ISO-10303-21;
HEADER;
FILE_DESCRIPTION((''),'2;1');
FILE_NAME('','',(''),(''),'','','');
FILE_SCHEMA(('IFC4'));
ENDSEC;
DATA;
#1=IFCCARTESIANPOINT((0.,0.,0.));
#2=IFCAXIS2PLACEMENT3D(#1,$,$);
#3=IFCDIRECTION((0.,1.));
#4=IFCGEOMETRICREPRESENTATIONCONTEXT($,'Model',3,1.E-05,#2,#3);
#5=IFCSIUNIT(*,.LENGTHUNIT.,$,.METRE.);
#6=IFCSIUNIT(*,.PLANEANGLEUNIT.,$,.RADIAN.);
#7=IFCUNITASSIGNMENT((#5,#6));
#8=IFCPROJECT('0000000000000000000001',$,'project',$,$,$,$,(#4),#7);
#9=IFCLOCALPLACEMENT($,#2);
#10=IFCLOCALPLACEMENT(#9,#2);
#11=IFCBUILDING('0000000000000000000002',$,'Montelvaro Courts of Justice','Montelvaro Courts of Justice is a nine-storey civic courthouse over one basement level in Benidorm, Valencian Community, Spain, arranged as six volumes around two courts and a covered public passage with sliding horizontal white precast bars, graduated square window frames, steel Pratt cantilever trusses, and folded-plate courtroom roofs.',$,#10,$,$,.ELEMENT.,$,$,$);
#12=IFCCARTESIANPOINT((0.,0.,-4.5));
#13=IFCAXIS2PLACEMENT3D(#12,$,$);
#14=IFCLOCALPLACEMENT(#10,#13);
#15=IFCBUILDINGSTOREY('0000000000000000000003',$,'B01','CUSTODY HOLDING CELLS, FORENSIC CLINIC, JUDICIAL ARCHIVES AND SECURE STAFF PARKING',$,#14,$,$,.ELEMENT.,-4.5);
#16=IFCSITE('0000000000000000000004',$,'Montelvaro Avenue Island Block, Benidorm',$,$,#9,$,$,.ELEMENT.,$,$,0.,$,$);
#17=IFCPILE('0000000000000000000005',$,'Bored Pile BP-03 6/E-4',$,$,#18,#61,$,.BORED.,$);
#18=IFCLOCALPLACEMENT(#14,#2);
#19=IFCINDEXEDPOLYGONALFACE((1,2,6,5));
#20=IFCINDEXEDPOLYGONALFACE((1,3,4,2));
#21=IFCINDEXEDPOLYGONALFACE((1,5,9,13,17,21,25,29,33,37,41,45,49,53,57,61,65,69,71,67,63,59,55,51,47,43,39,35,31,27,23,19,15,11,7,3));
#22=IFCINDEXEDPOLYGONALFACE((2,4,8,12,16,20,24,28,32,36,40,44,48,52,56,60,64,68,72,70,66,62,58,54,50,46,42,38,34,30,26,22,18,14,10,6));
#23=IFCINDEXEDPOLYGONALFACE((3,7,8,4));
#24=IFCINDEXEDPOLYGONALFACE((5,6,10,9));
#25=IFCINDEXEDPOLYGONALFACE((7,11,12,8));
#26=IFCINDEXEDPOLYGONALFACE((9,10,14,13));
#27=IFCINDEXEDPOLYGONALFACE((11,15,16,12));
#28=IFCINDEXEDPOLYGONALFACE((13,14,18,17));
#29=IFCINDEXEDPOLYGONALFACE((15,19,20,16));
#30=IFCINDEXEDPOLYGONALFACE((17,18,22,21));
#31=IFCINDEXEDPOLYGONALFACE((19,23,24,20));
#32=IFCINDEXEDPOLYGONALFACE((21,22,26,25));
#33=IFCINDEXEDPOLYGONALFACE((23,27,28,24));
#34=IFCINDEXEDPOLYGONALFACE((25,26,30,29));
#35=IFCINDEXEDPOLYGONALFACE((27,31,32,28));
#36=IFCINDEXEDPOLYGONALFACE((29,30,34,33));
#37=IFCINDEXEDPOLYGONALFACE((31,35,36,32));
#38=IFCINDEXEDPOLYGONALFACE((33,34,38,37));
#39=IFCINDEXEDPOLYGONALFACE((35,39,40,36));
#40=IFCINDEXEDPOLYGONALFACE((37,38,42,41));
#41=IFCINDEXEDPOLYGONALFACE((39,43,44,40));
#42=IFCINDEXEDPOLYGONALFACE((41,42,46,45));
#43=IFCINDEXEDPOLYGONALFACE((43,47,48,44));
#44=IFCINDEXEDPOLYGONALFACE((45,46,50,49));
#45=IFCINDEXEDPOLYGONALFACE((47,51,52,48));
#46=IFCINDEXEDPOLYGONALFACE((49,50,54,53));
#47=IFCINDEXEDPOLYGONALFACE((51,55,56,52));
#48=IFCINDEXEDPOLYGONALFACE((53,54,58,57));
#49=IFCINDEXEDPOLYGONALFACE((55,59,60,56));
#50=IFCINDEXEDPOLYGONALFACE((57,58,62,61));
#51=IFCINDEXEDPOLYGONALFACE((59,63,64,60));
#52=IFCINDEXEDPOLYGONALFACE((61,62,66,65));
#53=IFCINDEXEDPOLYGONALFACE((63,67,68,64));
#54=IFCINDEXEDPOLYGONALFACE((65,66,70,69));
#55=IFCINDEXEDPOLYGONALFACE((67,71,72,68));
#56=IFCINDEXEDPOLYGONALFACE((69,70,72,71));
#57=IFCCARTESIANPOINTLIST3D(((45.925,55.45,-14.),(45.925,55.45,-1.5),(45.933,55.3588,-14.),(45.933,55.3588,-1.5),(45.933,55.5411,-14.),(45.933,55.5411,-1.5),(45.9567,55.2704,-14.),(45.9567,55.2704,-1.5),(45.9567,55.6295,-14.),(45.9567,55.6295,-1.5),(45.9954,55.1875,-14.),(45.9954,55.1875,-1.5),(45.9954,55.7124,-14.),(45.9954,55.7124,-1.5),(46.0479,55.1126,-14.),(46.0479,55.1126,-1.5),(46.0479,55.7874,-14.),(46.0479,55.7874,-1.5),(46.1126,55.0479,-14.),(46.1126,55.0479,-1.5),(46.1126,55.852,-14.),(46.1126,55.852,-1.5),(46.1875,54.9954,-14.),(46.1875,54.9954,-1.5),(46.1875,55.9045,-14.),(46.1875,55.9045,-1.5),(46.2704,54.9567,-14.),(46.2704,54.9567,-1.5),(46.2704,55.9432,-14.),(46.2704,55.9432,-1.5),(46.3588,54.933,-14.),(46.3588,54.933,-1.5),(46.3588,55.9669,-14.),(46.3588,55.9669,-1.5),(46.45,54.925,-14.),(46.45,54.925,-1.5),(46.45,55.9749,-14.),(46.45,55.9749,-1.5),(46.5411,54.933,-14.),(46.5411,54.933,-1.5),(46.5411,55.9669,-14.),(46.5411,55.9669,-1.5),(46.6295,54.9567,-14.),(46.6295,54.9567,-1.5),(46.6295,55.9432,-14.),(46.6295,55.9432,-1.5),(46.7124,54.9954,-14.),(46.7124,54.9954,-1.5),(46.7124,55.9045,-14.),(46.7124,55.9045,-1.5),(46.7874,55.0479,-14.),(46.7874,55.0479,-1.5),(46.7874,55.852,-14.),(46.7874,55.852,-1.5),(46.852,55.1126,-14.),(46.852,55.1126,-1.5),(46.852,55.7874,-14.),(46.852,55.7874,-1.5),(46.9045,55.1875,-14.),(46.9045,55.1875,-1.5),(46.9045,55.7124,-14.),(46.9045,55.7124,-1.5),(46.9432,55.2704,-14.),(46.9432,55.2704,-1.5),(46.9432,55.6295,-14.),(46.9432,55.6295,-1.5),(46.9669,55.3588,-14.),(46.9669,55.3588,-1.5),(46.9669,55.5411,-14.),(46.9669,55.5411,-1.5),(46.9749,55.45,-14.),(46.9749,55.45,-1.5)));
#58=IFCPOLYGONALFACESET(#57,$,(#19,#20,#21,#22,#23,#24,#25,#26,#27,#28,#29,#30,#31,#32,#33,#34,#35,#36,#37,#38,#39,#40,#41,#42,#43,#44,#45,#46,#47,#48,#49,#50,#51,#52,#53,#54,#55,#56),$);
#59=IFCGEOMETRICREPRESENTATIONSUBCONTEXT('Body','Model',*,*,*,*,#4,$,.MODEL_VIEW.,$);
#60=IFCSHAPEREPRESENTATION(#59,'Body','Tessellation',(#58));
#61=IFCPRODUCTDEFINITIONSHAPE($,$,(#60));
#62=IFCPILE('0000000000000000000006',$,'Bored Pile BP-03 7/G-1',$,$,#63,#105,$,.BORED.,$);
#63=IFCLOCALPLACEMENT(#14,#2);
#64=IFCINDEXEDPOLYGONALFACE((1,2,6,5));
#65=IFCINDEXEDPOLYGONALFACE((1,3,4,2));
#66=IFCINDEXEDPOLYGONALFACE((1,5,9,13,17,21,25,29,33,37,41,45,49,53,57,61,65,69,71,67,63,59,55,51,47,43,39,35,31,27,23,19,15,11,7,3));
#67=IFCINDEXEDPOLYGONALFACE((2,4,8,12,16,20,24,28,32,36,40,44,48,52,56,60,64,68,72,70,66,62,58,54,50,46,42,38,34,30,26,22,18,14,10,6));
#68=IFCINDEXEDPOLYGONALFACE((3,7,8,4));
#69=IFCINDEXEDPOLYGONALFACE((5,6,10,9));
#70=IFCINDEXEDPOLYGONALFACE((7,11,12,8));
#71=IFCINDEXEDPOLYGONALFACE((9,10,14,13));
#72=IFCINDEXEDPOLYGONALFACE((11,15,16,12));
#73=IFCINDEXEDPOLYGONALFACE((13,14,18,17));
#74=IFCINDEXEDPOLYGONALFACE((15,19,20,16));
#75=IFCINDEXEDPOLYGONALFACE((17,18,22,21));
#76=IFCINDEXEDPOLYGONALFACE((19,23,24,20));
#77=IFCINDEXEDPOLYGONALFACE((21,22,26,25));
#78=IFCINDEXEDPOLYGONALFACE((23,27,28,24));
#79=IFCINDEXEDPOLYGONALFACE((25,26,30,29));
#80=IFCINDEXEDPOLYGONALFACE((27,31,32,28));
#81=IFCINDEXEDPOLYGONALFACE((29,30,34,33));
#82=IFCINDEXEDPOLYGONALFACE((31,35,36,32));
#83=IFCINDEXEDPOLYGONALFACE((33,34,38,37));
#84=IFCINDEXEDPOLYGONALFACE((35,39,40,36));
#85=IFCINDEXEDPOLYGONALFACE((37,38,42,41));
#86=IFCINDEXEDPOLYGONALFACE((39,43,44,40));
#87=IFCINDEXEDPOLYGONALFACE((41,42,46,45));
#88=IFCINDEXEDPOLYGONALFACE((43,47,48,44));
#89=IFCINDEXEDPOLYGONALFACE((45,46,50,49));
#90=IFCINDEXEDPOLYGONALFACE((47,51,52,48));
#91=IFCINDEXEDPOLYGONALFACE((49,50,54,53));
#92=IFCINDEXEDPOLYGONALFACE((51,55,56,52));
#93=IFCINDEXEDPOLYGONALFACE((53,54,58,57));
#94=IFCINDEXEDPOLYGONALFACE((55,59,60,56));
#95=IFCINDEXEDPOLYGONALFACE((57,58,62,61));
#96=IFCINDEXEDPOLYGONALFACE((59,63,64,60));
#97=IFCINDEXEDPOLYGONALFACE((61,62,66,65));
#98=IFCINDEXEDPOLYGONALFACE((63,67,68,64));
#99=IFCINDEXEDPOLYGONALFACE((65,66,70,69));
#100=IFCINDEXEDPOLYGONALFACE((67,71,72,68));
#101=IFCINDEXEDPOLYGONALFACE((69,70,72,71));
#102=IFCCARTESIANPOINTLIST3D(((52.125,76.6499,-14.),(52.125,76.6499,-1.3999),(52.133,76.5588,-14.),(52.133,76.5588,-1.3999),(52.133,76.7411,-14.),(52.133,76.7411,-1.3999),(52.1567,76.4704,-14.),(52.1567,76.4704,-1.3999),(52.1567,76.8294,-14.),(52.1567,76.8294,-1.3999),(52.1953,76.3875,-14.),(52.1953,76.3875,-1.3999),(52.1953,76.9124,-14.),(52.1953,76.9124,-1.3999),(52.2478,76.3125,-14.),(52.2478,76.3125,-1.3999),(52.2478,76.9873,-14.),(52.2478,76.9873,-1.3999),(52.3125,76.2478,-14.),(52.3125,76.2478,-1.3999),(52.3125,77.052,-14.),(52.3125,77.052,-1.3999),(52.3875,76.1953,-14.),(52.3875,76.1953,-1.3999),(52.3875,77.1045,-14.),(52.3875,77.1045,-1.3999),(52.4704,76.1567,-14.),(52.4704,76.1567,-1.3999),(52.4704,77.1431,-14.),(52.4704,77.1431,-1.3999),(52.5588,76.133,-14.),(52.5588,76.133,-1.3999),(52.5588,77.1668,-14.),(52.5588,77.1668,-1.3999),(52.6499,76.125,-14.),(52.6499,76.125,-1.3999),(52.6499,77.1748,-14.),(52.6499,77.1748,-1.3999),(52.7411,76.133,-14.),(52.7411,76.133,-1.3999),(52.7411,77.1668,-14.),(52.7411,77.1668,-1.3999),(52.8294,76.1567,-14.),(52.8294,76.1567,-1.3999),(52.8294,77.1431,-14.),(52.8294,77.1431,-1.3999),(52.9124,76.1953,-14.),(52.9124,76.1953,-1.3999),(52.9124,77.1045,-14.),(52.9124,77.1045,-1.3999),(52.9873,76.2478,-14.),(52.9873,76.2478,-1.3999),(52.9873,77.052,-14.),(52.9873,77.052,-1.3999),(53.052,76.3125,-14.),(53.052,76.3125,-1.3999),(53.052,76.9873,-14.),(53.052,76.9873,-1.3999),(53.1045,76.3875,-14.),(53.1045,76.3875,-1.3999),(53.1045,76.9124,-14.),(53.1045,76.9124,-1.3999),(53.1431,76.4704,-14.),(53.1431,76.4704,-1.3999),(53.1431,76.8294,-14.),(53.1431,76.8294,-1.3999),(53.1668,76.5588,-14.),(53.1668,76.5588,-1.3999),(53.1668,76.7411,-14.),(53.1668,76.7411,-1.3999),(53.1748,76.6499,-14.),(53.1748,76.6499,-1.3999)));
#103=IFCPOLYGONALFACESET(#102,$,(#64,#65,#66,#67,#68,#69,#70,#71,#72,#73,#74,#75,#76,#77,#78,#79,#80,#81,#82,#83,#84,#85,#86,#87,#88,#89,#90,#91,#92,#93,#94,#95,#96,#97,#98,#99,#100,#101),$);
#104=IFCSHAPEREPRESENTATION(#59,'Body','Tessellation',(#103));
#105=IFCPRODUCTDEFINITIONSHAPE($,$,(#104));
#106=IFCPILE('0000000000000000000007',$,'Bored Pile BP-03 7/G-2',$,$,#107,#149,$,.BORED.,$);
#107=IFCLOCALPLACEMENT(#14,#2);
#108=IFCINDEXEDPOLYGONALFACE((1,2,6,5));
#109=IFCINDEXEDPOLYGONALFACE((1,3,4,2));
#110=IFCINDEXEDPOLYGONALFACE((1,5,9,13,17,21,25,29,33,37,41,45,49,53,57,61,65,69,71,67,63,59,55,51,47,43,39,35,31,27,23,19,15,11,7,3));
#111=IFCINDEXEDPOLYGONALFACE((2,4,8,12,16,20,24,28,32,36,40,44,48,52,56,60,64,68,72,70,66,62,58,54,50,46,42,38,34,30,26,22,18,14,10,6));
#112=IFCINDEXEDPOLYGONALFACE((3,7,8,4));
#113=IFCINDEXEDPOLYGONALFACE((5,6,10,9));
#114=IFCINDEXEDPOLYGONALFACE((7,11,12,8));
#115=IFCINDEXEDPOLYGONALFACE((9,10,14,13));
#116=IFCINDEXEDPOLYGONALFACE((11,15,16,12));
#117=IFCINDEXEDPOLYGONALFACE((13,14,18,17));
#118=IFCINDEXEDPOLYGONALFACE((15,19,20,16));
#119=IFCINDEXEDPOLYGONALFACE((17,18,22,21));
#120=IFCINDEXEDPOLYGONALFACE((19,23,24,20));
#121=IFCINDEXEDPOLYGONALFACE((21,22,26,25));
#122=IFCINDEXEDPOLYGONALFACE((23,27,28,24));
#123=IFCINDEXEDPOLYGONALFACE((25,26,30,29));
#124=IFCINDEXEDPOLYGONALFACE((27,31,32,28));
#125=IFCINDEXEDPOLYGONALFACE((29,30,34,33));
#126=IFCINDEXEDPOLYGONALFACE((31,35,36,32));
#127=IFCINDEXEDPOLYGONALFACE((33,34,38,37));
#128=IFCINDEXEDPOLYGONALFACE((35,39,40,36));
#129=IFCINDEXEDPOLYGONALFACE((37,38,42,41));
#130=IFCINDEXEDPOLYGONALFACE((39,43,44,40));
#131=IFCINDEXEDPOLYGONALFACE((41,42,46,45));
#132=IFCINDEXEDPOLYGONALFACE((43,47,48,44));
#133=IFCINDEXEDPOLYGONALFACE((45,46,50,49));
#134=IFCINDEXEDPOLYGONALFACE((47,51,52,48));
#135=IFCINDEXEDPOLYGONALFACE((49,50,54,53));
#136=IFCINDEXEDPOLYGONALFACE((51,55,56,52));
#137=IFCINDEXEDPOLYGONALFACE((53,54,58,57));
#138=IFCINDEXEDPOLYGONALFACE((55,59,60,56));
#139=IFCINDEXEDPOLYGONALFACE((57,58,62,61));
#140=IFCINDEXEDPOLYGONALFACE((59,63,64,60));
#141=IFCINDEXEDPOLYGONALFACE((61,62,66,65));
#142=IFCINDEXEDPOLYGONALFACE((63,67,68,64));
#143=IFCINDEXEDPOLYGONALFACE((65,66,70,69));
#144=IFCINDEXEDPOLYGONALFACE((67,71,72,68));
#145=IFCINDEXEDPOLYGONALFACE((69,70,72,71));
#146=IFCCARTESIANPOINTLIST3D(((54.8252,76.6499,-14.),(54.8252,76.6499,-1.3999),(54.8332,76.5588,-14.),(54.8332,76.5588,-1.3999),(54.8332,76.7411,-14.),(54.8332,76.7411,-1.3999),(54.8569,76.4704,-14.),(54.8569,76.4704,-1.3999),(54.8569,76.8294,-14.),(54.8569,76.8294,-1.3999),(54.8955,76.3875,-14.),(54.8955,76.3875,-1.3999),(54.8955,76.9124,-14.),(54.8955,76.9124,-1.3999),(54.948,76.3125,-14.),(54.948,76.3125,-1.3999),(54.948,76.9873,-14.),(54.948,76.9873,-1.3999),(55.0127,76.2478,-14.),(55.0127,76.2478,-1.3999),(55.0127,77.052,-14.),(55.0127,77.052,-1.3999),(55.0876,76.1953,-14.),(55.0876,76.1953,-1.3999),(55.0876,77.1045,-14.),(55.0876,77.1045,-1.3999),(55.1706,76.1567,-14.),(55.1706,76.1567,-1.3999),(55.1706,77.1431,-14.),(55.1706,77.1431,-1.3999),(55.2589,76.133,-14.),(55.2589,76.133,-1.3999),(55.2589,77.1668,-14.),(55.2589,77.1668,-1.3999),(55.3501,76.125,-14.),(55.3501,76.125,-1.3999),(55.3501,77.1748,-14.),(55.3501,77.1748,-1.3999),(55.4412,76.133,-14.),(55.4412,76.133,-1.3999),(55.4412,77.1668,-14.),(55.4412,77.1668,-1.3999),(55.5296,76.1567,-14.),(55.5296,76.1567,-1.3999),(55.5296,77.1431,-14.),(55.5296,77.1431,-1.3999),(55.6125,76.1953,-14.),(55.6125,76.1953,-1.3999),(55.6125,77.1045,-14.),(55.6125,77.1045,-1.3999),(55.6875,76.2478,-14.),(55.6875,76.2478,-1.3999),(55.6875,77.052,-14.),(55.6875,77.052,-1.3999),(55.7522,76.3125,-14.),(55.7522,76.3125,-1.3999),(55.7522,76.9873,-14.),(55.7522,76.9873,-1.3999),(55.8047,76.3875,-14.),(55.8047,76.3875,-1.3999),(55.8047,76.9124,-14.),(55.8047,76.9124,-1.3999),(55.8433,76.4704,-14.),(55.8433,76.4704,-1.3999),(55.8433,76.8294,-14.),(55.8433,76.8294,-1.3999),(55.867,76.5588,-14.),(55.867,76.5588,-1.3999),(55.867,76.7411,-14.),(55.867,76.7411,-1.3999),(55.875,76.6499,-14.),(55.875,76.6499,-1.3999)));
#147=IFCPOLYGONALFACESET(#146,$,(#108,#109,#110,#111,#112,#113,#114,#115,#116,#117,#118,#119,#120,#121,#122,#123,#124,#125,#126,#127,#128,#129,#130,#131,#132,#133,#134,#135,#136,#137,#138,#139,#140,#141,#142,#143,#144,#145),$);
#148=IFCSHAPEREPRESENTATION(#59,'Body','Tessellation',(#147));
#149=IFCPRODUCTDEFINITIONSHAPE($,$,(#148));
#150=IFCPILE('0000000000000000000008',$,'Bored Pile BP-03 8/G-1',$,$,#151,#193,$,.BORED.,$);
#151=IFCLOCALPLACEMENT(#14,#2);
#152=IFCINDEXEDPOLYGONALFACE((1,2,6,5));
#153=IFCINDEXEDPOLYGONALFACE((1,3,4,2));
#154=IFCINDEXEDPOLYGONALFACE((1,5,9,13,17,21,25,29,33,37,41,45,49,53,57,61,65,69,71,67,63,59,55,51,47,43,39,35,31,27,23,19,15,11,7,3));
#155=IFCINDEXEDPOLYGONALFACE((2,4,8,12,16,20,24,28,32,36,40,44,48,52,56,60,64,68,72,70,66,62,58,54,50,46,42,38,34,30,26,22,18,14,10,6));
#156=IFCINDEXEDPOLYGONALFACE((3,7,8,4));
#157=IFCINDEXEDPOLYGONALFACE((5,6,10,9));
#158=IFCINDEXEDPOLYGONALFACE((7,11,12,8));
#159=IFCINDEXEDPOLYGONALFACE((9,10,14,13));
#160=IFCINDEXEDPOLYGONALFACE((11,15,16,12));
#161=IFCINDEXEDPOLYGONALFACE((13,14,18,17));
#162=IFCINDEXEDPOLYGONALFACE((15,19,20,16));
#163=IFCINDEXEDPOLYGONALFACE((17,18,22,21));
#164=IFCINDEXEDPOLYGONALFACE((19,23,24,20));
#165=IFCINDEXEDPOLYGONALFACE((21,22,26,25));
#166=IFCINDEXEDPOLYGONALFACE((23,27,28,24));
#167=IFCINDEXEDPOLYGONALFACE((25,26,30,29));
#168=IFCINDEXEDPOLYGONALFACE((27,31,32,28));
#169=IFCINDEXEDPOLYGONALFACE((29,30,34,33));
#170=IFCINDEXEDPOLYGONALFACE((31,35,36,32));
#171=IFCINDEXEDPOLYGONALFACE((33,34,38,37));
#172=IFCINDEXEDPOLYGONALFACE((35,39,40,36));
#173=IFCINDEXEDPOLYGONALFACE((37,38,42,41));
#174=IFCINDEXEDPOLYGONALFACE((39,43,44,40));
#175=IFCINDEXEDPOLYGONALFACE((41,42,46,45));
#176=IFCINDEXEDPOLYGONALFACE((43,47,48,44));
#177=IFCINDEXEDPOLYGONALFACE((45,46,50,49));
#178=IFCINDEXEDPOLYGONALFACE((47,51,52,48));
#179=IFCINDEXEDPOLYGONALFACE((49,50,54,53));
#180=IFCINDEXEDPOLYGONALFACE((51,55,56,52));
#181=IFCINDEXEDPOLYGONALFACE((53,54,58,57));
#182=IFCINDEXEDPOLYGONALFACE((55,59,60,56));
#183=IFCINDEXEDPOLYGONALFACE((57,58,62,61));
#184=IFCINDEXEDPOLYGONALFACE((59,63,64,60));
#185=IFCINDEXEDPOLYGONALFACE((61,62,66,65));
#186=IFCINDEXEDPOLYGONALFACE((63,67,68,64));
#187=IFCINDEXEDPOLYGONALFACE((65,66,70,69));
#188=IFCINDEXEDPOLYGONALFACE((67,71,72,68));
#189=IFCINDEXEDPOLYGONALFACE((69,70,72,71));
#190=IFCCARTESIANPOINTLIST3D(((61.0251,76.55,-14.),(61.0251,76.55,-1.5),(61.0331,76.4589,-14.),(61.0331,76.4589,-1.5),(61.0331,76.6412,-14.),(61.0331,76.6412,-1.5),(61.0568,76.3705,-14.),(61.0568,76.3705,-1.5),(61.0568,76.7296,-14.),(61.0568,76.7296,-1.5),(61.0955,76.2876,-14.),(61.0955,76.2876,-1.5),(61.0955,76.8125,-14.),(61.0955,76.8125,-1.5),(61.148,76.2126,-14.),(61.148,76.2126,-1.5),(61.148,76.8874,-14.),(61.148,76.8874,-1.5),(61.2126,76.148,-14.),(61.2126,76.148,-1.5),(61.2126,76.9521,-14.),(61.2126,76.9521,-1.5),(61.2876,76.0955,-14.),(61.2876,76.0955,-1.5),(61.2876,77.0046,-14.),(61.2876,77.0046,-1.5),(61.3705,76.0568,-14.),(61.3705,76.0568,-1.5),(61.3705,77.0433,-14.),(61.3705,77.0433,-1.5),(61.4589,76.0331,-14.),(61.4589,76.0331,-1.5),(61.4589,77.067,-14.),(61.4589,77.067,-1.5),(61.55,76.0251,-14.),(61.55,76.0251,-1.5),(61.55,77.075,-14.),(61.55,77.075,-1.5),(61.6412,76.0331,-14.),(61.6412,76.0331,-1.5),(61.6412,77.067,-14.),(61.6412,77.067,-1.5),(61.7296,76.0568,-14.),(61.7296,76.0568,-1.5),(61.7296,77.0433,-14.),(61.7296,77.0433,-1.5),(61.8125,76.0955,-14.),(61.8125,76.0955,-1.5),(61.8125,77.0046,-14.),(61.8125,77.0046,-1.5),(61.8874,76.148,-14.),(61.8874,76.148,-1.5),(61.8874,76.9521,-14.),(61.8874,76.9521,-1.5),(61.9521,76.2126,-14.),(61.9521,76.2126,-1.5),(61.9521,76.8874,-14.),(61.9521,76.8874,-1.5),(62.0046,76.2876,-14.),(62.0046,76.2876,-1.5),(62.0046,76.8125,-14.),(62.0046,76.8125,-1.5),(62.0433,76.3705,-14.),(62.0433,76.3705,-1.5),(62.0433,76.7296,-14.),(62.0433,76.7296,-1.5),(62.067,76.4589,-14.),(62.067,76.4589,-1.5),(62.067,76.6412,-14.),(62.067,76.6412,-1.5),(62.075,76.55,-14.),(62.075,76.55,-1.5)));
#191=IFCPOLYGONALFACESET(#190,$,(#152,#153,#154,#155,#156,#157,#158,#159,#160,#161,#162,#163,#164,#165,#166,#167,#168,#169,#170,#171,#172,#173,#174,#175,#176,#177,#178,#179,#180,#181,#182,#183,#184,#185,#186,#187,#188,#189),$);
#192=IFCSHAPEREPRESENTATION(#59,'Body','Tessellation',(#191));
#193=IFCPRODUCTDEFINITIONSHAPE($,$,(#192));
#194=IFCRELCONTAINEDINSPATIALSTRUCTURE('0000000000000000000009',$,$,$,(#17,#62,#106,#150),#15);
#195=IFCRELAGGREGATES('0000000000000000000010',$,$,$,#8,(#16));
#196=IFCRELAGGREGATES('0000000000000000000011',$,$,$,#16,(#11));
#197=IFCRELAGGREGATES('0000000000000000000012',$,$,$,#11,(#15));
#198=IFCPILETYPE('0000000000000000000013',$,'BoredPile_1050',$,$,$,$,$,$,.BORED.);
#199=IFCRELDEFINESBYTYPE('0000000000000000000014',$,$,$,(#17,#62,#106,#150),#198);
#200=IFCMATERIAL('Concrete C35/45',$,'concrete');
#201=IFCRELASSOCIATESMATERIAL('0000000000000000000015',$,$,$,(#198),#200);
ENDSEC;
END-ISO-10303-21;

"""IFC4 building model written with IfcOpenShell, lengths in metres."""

from ifc_helpers import new_model, si_unit, direction, frame, origin, origin_2d, place, context, subcontext, project, spatial, circle, extrude, material, material_profile, profile_set, type_object, element, save


model = new_model("IFC4")

# Units and contexts
model_context = context("Model", 3, precision=1e-05, world=origin(), true_north=direction((0.0, 1.0)))
body_context = subcontext(model_context, "Body", "Model", "MODEL_VIEW")
ifc_project = project(units=[si_unit("LENGTHUNIT", "METRE"), si_unit("PLANEANGLEUNIT", "RADIAN")], contexts=[model_context])

# Site, building, storey
site_placement = place(None, origin())
site = spatial("IfcSite", under=ifc_project, at=site_placement, Name="Montelvaro Avenue Island Block, Benidorm", CompositionType="ELEMENT", RefElevation=0.0)
building_placement = place(site_placement, origin())
building = spatial("IfcBuilding", under=site, at=building_placement, Name="Montelvaro Courts of Justice", Description="Montelvaro Courts of Justice is a nine-storey civic courthouse over one basement level in Benidorm, Valencian Community, Spain, arranged as six volumes around two courts and a covered public passage with sliding horizontal white precast bars, graduated square window frames, steel Pratt cantilever trusses, and folded-plate courtroom roofs.", CompositionType="ELEMENT")
storey_placement = place(building_placement, frame((0.0, 0.0, -4.5)))
storey = spatial("IfcBuildingStorey", under=building, at=storey_placement, Name="B01", Description="CUSTODY HOLDING CELLS, FORENSIC CLINIC, JUDICIAL ARCHIVES AND SECURE STAFF PARKING", CompositionType="ELEMENT", Elevation=-4.5)

# Piles
ifc_material_1 = material(Name="Concrete C35/45", Category="concrete")
ifc_material_profile_1 = material_profile(ifc_material_1, circle(Radius=0.5249, at=origin_2d()), Name="BORED PILE D1050")
ifc_profile_set_1 = profile_set([ifc_material_profile_1], Name="Concrete C35/45")
pile_type_1 = type_object("IfcPileType", Name="BoredPile_1050", PredefinedType="BORED", material=ifc_profile_set_1)
pile_1_placement = place(storey_placement, frame((46.45, 55.45, -1.5), z_axis=(0.0, 0.0, -1.0), x_axis=(1.0, 0.0, 0.0)))
element("IfcPile", 1, at=pile_1_placement, inside=storey, type_object=pile_type_1, Name="Bored Pile BP-03 6/E-4", PredefinedType="BORED", context=body_context, shape_type="SweptSolid", body=[
    extrude(circle(Radius=0.5249, at=origin_2d()), origin(), (0.0, 0.0, 1.0), 12.5),
])
for number, where, z_axis, x_axis, name in (
    (2, (52.6499, 76.6499, -1.3999), (0.0, 0.0, -1.0), (1.0, 0.0, 0.0), "Bored Pile BP-03 7/G-1"),
    (3, (55.3501, 76.6499, -1.3999), (0.0, 0.0, -1.0), (1.0, 0.0, 0.0), "Bored Pile BP-03 7/G-2"),
):
    element("IfcPile", number, at=place(storey_placement, frame(where, z_axis=z_axis, x_axis=x_axis)), inside=storey, type_object=pile_type_1, Name=name, PredefinedType="BORED", context=body_context, shape_type="SweptSolid", body=[
        extrude(circle(Radius=0.5249, at=origin_2d()), origin(), (0.0, 0.0, 1.0), 12.6001),
    ])
pile_2_placement = place(storey_placement, frame((61.55, 76.55, -1.5), z_axis=(0.0, 0.0, -1.0), x_axis=(1.0, 0.0, 0.0)))
element("IfcPile", 4, at=pile_2_placement, inside=storey, type_object=pile_type_1, Name="Bored Pile BP-03 8/G-1", PredefinedType="BORED", context=body_context, shape_type="SweptSolid", body=[
    extrude(circle(Radius=0.5249, at=origin_2d()), origin(), (0.0, 0.0, 1.0), 12.5),
])

save(model, "model.ifc")
